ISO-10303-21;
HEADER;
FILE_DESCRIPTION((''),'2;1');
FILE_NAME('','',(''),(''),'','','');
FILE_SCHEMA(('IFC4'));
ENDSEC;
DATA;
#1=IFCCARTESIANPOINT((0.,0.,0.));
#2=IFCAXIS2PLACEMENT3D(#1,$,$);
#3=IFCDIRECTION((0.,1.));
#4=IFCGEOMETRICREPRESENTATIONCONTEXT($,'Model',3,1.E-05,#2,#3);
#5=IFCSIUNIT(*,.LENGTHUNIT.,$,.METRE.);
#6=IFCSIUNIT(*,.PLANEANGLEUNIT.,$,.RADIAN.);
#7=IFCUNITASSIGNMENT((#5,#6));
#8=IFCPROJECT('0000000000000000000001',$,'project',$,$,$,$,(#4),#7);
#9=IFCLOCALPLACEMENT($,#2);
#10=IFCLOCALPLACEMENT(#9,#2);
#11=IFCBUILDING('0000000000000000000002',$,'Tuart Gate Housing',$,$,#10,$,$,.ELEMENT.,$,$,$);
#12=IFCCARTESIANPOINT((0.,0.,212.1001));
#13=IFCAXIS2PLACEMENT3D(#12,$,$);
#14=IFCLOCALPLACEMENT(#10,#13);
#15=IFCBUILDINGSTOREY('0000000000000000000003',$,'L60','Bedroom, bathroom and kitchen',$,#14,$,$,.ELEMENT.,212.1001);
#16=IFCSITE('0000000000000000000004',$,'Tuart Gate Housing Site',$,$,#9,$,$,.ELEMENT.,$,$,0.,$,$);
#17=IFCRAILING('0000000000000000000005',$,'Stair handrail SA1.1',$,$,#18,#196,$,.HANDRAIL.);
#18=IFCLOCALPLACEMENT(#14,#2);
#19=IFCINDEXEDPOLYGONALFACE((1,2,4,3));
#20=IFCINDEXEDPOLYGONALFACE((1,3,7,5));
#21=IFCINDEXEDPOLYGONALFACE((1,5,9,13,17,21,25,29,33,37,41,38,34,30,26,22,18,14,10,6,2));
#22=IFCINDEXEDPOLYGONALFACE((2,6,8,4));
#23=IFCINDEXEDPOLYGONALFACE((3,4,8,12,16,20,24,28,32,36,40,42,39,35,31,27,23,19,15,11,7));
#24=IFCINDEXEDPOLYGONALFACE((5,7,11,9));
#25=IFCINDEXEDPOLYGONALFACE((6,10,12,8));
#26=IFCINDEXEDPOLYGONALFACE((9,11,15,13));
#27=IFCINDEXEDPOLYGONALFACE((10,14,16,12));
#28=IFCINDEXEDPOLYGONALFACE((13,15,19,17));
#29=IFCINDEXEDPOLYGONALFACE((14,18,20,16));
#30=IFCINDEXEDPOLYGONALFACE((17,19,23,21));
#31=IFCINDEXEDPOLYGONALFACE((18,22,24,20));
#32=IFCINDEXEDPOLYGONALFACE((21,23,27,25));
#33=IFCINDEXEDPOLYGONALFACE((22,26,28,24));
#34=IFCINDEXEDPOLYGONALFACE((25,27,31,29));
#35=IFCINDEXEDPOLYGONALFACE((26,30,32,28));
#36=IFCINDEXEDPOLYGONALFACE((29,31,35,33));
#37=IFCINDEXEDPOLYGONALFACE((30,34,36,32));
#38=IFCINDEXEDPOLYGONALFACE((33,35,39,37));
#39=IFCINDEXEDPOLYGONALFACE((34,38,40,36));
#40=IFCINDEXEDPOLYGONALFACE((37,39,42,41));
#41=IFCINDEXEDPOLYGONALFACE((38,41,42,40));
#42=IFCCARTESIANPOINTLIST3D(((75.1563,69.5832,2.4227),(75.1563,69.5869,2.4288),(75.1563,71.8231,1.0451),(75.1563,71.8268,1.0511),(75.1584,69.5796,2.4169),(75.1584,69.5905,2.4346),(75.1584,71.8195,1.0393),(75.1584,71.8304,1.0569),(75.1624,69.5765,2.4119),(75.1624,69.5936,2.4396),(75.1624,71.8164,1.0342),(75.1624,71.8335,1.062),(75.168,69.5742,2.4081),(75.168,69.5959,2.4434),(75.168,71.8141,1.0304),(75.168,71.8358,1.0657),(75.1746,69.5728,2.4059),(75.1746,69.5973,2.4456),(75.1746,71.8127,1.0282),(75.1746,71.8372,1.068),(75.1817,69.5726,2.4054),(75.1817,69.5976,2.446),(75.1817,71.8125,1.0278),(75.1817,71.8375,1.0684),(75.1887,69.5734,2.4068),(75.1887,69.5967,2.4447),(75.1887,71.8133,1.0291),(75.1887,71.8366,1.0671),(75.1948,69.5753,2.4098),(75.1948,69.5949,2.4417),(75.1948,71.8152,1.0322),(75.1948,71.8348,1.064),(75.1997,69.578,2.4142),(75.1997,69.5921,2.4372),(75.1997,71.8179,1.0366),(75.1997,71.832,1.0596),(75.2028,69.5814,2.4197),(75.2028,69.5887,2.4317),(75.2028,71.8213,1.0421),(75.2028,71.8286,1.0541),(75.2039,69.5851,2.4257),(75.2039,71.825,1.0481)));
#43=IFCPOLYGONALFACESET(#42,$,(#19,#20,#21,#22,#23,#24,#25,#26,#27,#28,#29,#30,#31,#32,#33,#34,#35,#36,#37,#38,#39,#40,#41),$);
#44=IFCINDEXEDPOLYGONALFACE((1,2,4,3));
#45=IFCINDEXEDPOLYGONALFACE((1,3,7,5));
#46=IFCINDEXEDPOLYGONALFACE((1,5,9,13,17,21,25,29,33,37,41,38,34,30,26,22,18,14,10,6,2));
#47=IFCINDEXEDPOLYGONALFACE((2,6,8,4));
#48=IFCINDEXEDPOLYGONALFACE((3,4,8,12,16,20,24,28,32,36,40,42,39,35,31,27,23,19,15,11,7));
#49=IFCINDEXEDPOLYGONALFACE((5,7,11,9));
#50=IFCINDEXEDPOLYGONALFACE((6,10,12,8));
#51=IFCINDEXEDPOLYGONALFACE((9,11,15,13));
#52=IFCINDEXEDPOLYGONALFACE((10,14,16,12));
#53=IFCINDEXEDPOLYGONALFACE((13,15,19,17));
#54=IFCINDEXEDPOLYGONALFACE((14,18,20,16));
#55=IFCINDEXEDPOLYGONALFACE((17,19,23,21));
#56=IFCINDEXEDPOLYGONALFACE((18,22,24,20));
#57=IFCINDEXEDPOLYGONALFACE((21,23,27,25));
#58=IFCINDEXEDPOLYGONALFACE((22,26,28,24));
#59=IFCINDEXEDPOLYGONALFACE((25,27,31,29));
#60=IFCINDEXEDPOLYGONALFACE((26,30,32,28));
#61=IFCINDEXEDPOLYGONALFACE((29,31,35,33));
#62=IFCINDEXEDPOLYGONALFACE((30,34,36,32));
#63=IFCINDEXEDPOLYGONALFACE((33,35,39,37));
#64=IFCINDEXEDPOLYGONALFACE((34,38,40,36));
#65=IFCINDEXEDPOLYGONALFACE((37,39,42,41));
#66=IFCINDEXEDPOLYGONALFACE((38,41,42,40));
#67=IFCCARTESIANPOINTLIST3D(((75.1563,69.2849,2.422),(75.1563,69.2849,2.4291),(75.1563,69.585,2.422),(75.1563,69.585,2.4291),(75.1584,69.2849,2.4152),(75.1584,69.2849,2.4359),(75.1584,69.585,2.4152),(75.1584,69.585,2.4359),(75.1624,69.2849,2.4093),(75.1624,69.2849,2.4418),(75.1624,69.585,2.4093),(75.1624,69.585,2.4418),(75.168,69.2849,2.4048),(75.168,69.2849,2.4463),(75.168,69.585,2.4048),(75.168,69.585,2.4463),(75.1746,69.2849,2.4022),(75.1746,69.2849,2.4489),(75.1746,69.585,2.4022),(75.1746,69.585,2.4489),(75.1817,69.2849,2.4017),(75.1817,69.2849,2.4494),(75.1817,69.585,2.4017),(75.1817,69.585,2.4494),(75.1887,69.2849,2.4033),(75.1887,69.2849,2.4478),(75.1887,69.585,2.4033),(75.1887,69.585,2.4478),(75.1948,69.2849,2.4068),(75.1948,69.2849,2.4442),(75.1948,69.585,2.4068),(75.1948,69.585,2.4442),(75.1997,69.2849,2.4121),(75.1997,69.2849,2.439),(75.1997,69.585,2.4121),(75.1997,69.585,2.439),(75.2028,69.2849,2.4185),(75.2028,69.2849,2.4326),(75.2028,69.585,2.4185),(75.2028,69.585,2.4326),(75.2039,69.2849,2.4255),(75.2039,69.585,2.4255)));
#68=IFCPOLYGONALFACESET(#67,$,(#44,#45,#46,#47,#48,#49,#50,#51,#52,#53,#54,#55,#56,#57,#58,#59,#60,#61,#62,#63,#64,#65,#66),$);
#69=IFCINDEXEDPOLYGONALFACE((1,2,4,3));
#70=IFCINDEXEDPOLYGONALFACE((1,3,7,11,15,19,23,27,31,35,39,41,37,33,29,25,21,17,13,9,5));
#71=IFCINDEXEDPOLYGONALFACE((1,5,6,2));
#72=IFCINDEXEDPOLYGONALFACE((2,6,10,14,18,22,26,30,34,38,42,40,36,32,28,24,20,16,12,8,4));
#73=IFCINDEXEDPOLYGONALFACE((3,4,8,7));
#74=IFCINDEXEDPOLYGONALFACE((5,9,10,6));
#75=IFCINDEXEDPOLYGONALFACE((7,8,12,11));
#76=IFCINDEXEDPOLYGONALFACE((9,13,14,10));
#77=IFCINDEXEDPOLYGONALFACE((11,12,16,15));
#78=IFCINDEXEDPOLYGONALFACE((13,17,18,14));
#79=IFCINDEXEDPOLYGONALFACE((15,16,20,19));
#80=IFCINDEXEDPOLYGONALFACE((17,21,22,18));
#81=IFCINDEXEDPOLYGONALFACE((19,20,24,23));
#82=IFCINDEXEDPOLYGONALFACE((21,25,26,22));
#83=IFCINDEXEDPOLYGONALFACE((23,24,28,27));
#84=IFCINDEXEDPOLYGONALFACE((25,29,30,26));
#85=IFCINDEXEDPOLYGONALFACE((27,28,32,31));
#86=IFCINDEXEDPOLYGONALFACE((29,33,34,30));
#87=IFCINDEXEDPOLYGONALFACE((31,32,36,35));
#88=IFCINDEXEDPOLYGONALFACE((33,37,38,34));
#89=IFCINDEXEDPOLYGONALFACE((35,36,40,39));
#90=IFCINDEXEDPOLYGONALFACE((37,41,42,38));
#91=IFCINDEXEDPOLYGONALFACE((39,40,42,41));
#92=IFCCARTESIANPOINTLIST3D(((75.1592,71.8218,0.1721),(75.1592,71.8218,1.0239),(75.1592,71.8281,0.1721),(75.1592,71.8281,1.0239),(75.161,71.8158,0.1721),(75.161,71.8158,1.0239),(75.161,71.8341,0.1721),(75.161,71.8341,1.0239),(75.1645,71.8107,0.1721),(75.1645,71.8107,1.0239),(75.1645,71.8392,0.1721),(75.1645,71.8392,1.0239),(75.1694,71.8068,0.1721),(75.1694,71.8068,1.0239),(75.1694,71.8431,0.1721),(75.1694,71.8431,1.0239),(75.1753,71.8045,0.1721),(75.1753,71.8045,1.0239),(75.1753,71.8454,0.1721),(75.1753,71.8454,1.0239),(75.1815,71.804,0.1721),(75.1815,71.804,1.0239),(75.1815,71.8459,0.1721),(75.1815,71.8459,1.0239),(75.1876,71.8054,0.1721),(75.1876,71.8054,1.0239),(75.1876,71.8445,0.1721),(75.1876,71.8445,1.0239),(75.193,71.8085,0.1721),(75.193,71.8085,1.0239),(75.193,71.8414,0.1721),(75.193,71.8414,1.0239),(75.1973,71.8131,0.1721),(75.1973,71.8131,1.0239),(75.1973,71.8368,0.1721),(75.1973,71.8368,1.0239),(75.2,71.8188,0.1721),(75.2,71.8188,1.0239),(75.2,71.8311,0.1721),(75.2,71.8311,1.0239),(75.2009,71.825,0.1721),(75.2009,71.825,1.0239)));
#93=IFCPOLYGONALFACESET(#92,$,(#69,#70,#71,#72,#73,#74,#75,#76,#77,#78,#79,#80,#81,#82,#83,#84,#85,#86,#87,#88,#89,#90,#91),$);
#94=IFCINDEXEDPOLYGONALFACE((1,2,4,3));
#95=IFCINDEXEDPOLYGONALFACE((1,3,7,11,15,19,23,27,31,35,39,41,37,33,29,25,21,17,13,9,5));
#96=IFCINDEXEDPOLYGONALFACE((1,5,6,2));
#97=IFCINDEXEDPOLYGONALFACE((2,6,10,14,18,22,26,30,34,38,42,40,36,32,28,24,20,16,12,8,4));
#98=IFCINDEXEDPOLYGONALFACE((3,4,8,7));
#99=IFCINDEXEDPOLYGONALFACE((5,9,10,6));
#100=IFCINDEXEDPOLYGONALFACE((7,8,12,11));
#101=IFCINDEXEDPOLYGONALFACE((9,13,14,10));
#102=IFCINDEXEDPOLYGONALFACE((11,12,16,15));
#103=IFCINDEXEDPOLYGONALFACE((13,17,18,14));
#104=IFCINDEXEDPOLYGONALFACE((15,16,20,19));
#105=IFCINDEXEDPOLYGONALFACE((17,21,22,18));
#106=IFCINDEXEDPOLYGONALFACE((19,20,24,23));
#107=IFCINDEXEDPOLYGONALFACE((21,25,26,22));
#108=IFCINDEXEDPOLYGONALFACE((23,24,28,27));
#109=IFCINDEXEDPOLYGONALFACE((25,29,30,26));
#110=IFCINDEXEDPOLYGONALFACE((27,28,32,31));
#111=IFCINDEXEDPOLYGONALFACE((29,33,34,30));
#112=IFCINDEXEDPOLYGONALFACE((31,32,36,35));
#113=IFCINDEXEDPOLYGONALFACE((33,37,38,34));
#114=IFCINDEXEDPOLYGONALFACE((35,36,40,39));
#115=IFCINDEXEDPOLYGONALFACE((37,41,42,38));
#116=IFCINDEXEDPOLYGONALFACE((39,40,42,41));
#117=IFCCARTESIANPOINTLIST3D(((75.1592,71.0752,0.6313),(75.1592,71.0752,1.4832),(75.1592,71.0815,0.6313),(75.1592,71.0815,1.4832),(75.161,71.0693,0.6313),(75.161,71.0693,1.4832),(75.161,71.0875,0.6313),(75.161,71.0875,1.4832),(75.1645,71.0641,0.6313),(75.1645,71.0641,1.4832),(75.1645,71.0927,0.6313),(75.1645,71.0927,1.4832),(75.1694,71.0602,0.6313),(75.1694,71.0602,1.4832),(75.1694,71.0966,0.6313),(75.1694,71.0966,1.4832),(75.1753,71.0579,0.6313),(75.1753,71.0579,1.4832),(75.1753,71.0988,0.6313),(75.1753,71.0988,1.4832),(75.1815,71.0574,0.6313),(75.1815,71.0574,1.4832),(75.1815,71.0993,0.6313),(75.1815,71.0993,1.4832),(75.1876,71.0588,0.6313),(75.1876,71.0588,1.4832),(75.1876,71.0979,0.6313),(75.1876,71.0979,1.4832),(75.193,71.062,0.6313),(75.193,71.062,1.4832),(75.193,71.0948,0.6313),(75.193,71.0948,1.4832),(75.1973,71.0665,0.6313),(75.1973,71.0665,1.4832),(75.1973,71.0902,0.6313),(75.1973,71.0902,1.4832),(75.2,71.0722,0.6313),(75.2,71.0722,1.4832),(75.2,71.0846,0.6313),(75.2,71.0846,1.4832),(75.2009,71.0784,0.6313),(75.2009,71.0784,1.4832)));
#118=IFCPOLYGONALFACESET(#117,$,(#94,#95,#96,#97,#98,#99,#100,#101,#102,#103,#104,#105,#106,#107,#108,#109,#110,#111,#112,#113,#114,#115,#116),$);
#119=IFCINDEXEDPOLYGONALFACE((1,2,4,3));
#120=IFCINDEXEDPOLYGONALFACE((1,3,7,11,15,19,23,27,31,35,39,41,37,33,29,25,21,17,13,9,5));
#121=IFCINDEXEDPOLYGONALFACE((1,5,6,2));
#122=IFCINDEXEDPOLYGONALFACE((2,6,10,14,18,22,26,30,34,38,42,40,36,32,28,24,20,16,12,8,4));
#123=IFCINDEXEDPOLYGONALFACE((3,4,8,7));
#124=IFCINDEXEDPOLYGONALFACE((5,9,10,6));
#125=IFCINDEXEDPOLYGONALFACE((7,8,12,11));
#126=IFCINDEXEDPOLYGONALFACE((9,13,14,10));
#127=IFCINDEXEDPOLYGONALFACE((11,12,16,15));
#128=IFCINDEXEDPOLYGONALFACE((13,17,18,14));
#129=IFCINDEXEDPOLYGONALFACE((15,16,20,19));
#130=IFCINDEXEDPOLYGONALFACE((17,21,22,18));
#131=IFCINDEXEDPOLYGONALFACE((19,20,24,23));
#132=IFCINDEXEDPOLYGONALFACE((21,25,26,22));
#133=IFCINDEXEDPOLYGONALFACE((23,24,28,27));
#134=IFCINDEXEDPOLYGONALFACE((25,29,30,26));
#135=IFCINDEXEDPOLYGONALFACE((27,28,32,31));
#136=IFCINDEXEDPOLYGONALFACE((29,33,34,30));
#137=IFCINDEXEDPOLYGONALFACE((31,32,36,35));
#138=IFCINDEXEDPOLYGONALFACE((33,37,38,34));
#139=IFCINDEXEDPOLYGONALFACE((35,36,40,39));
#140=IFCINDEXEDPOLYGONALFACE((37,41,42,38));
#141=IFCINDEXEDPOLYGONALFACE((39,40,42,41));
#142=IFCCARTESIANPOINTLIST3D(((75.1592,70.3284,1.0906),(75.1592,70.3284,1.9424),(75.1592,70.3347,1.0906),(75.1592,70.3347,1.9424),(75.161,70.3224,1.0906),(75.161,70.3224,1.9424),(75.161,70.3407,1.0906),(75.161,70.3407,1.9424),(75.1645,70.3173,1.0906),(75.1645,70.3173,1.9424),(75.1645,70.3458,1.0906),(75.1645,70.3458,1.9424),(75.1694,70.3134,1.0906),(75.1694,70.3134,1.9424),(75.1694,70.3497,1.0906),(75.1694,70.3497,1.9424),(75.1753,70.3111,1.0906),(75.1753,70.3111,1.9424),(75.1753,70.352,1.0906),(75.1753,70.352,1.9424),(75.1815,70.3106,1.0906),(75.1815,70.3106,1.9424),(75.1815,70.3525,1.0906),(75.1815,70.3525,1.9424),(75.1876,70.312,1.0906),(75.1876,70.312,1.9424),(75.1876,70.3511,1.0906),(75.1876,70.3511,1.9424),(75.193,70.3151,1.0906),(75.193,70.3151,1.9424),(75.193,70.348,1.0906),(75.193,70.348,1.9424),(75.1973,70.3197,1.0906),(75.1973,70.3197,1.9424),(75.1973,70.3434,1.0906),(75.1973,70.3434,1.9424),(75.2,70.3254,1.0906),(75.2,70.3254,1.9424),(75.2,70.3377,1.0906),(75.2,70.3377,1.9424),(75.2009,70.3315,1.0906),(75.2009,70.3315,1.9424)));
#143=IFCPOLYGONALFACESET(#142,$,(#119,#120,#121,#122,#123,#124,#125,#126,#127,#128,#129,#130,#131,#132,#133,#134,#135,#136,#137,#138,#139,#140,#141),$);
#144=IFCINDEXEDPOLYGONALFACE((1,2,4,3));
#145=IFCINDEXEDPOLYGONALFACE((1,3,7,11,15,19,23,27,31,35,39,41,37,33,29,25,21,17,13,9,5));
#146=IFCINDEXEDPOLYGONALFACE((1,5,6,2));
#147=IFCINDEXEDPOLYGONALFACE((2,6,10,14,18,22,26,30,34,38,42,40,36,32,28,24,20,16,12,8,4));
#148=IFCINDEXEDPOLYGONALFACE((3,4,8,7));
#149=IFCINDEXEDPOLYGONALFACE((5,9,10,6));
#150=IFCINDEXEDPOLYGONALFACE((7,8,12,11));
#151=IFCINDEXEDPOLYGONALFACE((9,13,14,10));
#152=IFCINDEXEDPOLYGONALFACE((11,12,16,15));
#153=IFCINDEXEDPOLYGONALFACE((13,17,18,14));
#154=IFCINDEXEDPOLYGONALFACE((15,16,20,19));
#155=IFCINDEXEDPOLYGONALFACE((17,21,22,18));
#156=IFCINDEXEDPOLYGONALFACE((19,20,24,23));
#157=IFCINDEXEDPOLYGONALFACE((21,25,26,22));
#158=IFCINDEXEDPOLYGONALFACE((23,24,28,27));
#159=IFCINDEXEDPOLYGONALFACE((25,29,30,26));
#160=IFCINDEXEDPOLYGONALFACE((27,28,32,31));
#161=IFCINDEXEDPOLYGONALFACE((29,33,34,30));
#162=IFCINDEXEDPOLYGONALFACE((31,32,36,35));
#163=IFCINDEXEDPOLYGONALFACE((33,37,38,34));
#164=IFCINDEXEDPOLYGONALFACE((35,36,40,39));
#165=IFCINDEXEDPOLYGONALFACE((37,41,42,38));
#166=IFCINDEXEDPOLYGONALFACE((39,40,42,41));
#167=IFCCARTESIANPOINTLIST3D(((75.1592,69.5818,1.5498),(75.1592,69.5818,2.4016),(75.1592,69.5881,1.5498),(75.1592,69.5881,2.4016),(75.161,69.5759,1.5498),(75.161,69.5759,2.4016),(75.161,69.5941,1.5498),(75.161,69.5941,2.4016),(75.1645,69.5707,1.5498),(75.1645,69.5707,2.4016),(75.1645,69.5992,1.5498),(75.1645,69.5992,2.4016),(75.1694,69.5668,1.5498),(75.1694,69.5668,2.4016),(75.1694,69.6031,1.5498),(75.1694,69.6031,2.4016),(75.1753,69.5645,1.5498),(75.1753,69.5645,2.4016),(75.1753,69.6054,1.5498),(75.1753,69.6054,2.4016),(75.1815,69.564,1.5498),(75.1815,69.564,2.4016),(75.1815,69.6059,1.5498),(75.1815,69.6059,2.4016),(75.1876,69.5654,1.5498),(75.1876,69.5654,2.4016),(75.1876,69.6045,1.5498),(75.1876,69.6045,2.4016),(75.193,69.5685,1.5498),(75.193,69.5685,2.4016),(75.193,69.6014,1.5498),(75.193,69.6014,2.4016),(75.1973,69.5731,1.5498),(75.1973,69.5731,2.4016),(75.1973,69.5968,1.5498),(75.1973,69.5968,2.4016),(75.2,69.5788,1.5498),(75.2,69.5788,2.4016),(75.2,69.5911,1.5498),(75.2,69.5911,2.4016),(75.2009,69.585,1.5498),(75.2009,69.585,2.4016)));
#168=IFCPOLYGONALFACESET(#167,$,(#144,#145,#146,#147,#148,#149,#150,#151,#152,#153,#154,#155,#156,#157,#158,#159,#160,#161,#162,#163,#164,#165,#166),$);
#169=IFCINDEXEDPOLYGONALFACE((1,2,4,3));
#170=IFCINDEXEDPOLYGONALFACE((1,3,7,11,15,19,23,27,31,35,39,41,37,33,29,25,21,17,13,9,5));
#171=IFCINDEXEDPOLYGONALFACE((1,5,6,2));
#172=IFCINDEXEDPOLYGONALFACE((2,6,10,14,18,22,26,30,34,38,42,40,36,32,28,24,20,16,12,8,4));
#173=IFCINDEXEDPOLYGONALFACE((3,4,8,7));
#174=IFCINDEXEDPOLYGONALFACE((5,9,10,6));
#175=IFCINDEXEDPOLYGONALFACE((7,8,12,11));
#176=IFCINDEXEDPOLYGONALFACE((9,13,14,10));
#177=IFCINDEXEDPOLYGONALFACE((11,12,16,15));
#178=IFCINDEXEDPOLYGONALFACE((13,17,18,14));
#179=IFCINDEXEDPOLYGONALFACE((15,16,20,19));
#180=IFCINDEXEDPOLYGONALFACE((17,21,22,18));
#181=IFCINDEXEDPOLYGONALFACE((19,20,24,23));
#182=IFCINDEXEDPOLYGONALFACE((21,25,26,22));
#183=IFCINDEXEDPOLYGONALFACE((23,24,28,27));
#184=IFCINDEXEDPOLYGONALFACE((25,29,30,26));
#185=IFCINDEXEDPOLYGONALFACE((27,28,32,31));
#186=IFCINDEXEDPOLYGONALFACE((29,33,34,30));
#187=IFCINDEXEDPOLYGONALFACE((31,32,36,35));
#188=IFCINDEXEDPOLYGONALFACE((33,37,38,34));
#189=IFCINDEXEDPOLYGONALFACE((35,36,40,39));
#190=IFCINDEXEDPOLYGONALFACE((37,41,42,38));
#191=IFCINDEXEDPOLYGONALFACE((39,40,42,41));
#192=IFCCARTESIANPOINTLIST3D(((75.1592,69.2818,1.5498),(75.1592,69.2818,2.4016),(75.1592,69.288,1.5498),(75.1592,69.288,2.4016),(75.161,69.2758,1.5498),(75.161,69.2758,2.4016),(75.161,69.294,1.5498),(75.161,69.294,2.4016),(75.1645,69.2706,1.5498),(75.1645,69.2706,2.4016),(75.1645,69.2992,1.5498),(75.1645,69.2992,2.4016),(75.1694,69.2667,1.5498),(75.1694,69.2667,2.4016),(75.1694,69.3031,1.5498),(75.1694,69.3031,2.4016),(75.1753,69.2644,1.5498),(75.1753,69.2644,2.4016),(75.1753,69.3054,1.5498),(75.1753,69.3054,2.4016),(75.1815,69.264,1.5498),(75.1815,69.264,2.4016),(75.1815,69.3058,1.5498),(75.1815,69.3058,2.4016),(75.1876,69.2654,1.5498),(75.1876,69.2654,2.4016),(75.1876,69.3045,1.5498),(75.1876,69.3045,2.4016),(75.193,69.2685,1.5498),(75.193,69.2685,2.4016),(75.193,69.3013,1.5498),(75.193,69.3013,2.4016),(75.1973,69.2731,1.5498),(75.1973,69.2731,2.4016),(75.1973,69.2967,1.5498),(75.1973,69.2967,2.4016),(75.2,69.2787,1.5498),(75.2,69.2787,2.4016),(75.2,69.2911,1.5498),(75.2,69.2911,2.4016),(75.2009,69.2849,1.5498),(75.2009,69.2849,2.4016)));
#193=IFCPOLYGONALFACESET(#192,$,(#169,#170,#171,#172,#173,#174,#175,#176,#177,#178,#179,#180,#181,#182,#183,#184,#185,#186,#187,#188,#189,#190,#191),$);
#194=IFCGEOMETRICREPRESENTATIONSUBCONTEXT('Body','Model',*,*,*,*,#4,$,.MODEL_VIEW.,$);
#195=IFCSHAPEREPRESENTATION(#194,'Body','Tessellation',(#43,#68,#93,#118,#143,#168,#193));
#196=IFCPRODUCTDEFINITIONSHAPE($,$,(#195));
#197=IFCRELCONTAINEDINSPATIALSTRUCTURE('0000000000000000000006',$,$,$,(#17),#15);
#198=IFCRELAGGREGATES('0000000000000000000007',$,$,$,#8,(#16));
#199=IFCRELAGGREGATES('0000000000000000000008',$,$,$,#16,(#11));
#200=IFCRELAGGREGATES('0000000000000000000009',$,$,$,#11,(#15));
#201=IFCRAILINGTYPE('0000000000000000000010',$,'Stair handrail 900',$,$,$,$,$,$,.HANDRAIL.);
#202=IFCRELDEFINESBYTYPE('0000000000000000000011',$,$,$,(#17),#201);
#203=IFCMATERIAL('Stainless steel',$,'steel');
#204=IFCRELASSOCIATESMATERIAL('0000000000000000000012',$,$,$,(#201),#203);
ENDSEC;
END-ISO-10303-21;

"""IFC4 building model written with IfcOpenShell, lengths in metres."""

from ifc_helpers import new_model, si_unit, direction, frame, origin, origin_2d, place, context, subcontext, project, spatial, circle, extrude, material, type_object, element, save


model = new_model("IFC4")

# Units and contexts
model_context = context("Model", 3, precision=1e-05, world=origin(), true_north=direction((0.0, 1.0)))
body_context = subcontext(model_context, "Body", "Model", "MODEL_VIEW")
ifc_project = project(units=[si_unit("LENGTHUNIT", "METRE"), si_unit("PLANEANGLEUNIT", "RADIAN")], contexts=[model_context])

# Site, building, storey
site_placement = place(None, origin())
site = spatial("IfcSite", under=ifc_project, at=site_placement, Name="Tuart Gate Housing Site", CompositionType="ELEMENT", RefElevation=0.0)
building_placement = place(site_placement, origin())
building = spatial("IfcBuilding", under=site, at=building_placement, Name="Tuart Gate Housing", CompositionType="ELEMENT")
storey_placement = place(building_placement, frame((0.0, 0.0, 212.1001)))
storey = spatial("IfcBuildingStorey", under=building, at=storey_placement, Name="L60", Description="Bedroom, bathroom and kitchen", CompositionType="ELEMENT", Elevation=212.1001)

# Railing
ifc_material_1 = material(Name="Stainless steel", Category="steel")
railing_type = type_object("IfcRailingType", Name="Stair handrail 900", PredefinedType="HANDRAIL", material=ifc_material_1)
railing_placement = place(storey_placement, frame((75.1799, 71.825, 0.1721)))
element("IfcRailing", 1, at=railing_placement, inside=storey, type_object=railing_type, Name="Stair handrail SA1.1", PredefinedType="HANDRAIL", context=body_context, shape_type="SweptSolid", body=[
    extrude(circle(Radius=0.0239, at=origin_2d()), frame((0.0, 0.0, 0.876), z_axis=(0.0, -0.851789, 0.523885), x_axis=(1.0, 0.0, 0.0)), (0.0, 0.0, 1.0), 2.6296),
    extrude(circle(Radius=0.0239, at=origin_2d()), frame((0.0, -2.24, 2.2534), z_axis=(0.0, -1.0, 0.0), x_axis=(1.0, 0.0, 0.0)), (0.0, 0.0, 1.0), 0.3),
    extrude(circle(Radius=0.021, at=origin_2d()), origin(), (0.0, 0.0, 1.0), 0.8518),
    extrude(circle(Radius=0.021, at=origin_2d()), frame((0.0, -0.7466, 0.4592)), (0.0, 0.0, 1.0), 0.8518),
    extrude(circle(Radius=0.021, at=origin_2d()), frame((0.0, -1.4934, 0.9185)), (0.0, 0.0, 1.0), 0.8518),
    extrude(circle(Radius=0.021, at=origin_2d()), frame((0.0, -2.24, 1.3777)), (0.0, 0.0, 1.0), 0.8518),
    extrude(circle(Radius=0.021, at=origin_2d()), frame((0.0, -2.54, 1.3777)), (0.0, 0.0, 1.0), 0.8518),
])

save(model, "model.ifc")
